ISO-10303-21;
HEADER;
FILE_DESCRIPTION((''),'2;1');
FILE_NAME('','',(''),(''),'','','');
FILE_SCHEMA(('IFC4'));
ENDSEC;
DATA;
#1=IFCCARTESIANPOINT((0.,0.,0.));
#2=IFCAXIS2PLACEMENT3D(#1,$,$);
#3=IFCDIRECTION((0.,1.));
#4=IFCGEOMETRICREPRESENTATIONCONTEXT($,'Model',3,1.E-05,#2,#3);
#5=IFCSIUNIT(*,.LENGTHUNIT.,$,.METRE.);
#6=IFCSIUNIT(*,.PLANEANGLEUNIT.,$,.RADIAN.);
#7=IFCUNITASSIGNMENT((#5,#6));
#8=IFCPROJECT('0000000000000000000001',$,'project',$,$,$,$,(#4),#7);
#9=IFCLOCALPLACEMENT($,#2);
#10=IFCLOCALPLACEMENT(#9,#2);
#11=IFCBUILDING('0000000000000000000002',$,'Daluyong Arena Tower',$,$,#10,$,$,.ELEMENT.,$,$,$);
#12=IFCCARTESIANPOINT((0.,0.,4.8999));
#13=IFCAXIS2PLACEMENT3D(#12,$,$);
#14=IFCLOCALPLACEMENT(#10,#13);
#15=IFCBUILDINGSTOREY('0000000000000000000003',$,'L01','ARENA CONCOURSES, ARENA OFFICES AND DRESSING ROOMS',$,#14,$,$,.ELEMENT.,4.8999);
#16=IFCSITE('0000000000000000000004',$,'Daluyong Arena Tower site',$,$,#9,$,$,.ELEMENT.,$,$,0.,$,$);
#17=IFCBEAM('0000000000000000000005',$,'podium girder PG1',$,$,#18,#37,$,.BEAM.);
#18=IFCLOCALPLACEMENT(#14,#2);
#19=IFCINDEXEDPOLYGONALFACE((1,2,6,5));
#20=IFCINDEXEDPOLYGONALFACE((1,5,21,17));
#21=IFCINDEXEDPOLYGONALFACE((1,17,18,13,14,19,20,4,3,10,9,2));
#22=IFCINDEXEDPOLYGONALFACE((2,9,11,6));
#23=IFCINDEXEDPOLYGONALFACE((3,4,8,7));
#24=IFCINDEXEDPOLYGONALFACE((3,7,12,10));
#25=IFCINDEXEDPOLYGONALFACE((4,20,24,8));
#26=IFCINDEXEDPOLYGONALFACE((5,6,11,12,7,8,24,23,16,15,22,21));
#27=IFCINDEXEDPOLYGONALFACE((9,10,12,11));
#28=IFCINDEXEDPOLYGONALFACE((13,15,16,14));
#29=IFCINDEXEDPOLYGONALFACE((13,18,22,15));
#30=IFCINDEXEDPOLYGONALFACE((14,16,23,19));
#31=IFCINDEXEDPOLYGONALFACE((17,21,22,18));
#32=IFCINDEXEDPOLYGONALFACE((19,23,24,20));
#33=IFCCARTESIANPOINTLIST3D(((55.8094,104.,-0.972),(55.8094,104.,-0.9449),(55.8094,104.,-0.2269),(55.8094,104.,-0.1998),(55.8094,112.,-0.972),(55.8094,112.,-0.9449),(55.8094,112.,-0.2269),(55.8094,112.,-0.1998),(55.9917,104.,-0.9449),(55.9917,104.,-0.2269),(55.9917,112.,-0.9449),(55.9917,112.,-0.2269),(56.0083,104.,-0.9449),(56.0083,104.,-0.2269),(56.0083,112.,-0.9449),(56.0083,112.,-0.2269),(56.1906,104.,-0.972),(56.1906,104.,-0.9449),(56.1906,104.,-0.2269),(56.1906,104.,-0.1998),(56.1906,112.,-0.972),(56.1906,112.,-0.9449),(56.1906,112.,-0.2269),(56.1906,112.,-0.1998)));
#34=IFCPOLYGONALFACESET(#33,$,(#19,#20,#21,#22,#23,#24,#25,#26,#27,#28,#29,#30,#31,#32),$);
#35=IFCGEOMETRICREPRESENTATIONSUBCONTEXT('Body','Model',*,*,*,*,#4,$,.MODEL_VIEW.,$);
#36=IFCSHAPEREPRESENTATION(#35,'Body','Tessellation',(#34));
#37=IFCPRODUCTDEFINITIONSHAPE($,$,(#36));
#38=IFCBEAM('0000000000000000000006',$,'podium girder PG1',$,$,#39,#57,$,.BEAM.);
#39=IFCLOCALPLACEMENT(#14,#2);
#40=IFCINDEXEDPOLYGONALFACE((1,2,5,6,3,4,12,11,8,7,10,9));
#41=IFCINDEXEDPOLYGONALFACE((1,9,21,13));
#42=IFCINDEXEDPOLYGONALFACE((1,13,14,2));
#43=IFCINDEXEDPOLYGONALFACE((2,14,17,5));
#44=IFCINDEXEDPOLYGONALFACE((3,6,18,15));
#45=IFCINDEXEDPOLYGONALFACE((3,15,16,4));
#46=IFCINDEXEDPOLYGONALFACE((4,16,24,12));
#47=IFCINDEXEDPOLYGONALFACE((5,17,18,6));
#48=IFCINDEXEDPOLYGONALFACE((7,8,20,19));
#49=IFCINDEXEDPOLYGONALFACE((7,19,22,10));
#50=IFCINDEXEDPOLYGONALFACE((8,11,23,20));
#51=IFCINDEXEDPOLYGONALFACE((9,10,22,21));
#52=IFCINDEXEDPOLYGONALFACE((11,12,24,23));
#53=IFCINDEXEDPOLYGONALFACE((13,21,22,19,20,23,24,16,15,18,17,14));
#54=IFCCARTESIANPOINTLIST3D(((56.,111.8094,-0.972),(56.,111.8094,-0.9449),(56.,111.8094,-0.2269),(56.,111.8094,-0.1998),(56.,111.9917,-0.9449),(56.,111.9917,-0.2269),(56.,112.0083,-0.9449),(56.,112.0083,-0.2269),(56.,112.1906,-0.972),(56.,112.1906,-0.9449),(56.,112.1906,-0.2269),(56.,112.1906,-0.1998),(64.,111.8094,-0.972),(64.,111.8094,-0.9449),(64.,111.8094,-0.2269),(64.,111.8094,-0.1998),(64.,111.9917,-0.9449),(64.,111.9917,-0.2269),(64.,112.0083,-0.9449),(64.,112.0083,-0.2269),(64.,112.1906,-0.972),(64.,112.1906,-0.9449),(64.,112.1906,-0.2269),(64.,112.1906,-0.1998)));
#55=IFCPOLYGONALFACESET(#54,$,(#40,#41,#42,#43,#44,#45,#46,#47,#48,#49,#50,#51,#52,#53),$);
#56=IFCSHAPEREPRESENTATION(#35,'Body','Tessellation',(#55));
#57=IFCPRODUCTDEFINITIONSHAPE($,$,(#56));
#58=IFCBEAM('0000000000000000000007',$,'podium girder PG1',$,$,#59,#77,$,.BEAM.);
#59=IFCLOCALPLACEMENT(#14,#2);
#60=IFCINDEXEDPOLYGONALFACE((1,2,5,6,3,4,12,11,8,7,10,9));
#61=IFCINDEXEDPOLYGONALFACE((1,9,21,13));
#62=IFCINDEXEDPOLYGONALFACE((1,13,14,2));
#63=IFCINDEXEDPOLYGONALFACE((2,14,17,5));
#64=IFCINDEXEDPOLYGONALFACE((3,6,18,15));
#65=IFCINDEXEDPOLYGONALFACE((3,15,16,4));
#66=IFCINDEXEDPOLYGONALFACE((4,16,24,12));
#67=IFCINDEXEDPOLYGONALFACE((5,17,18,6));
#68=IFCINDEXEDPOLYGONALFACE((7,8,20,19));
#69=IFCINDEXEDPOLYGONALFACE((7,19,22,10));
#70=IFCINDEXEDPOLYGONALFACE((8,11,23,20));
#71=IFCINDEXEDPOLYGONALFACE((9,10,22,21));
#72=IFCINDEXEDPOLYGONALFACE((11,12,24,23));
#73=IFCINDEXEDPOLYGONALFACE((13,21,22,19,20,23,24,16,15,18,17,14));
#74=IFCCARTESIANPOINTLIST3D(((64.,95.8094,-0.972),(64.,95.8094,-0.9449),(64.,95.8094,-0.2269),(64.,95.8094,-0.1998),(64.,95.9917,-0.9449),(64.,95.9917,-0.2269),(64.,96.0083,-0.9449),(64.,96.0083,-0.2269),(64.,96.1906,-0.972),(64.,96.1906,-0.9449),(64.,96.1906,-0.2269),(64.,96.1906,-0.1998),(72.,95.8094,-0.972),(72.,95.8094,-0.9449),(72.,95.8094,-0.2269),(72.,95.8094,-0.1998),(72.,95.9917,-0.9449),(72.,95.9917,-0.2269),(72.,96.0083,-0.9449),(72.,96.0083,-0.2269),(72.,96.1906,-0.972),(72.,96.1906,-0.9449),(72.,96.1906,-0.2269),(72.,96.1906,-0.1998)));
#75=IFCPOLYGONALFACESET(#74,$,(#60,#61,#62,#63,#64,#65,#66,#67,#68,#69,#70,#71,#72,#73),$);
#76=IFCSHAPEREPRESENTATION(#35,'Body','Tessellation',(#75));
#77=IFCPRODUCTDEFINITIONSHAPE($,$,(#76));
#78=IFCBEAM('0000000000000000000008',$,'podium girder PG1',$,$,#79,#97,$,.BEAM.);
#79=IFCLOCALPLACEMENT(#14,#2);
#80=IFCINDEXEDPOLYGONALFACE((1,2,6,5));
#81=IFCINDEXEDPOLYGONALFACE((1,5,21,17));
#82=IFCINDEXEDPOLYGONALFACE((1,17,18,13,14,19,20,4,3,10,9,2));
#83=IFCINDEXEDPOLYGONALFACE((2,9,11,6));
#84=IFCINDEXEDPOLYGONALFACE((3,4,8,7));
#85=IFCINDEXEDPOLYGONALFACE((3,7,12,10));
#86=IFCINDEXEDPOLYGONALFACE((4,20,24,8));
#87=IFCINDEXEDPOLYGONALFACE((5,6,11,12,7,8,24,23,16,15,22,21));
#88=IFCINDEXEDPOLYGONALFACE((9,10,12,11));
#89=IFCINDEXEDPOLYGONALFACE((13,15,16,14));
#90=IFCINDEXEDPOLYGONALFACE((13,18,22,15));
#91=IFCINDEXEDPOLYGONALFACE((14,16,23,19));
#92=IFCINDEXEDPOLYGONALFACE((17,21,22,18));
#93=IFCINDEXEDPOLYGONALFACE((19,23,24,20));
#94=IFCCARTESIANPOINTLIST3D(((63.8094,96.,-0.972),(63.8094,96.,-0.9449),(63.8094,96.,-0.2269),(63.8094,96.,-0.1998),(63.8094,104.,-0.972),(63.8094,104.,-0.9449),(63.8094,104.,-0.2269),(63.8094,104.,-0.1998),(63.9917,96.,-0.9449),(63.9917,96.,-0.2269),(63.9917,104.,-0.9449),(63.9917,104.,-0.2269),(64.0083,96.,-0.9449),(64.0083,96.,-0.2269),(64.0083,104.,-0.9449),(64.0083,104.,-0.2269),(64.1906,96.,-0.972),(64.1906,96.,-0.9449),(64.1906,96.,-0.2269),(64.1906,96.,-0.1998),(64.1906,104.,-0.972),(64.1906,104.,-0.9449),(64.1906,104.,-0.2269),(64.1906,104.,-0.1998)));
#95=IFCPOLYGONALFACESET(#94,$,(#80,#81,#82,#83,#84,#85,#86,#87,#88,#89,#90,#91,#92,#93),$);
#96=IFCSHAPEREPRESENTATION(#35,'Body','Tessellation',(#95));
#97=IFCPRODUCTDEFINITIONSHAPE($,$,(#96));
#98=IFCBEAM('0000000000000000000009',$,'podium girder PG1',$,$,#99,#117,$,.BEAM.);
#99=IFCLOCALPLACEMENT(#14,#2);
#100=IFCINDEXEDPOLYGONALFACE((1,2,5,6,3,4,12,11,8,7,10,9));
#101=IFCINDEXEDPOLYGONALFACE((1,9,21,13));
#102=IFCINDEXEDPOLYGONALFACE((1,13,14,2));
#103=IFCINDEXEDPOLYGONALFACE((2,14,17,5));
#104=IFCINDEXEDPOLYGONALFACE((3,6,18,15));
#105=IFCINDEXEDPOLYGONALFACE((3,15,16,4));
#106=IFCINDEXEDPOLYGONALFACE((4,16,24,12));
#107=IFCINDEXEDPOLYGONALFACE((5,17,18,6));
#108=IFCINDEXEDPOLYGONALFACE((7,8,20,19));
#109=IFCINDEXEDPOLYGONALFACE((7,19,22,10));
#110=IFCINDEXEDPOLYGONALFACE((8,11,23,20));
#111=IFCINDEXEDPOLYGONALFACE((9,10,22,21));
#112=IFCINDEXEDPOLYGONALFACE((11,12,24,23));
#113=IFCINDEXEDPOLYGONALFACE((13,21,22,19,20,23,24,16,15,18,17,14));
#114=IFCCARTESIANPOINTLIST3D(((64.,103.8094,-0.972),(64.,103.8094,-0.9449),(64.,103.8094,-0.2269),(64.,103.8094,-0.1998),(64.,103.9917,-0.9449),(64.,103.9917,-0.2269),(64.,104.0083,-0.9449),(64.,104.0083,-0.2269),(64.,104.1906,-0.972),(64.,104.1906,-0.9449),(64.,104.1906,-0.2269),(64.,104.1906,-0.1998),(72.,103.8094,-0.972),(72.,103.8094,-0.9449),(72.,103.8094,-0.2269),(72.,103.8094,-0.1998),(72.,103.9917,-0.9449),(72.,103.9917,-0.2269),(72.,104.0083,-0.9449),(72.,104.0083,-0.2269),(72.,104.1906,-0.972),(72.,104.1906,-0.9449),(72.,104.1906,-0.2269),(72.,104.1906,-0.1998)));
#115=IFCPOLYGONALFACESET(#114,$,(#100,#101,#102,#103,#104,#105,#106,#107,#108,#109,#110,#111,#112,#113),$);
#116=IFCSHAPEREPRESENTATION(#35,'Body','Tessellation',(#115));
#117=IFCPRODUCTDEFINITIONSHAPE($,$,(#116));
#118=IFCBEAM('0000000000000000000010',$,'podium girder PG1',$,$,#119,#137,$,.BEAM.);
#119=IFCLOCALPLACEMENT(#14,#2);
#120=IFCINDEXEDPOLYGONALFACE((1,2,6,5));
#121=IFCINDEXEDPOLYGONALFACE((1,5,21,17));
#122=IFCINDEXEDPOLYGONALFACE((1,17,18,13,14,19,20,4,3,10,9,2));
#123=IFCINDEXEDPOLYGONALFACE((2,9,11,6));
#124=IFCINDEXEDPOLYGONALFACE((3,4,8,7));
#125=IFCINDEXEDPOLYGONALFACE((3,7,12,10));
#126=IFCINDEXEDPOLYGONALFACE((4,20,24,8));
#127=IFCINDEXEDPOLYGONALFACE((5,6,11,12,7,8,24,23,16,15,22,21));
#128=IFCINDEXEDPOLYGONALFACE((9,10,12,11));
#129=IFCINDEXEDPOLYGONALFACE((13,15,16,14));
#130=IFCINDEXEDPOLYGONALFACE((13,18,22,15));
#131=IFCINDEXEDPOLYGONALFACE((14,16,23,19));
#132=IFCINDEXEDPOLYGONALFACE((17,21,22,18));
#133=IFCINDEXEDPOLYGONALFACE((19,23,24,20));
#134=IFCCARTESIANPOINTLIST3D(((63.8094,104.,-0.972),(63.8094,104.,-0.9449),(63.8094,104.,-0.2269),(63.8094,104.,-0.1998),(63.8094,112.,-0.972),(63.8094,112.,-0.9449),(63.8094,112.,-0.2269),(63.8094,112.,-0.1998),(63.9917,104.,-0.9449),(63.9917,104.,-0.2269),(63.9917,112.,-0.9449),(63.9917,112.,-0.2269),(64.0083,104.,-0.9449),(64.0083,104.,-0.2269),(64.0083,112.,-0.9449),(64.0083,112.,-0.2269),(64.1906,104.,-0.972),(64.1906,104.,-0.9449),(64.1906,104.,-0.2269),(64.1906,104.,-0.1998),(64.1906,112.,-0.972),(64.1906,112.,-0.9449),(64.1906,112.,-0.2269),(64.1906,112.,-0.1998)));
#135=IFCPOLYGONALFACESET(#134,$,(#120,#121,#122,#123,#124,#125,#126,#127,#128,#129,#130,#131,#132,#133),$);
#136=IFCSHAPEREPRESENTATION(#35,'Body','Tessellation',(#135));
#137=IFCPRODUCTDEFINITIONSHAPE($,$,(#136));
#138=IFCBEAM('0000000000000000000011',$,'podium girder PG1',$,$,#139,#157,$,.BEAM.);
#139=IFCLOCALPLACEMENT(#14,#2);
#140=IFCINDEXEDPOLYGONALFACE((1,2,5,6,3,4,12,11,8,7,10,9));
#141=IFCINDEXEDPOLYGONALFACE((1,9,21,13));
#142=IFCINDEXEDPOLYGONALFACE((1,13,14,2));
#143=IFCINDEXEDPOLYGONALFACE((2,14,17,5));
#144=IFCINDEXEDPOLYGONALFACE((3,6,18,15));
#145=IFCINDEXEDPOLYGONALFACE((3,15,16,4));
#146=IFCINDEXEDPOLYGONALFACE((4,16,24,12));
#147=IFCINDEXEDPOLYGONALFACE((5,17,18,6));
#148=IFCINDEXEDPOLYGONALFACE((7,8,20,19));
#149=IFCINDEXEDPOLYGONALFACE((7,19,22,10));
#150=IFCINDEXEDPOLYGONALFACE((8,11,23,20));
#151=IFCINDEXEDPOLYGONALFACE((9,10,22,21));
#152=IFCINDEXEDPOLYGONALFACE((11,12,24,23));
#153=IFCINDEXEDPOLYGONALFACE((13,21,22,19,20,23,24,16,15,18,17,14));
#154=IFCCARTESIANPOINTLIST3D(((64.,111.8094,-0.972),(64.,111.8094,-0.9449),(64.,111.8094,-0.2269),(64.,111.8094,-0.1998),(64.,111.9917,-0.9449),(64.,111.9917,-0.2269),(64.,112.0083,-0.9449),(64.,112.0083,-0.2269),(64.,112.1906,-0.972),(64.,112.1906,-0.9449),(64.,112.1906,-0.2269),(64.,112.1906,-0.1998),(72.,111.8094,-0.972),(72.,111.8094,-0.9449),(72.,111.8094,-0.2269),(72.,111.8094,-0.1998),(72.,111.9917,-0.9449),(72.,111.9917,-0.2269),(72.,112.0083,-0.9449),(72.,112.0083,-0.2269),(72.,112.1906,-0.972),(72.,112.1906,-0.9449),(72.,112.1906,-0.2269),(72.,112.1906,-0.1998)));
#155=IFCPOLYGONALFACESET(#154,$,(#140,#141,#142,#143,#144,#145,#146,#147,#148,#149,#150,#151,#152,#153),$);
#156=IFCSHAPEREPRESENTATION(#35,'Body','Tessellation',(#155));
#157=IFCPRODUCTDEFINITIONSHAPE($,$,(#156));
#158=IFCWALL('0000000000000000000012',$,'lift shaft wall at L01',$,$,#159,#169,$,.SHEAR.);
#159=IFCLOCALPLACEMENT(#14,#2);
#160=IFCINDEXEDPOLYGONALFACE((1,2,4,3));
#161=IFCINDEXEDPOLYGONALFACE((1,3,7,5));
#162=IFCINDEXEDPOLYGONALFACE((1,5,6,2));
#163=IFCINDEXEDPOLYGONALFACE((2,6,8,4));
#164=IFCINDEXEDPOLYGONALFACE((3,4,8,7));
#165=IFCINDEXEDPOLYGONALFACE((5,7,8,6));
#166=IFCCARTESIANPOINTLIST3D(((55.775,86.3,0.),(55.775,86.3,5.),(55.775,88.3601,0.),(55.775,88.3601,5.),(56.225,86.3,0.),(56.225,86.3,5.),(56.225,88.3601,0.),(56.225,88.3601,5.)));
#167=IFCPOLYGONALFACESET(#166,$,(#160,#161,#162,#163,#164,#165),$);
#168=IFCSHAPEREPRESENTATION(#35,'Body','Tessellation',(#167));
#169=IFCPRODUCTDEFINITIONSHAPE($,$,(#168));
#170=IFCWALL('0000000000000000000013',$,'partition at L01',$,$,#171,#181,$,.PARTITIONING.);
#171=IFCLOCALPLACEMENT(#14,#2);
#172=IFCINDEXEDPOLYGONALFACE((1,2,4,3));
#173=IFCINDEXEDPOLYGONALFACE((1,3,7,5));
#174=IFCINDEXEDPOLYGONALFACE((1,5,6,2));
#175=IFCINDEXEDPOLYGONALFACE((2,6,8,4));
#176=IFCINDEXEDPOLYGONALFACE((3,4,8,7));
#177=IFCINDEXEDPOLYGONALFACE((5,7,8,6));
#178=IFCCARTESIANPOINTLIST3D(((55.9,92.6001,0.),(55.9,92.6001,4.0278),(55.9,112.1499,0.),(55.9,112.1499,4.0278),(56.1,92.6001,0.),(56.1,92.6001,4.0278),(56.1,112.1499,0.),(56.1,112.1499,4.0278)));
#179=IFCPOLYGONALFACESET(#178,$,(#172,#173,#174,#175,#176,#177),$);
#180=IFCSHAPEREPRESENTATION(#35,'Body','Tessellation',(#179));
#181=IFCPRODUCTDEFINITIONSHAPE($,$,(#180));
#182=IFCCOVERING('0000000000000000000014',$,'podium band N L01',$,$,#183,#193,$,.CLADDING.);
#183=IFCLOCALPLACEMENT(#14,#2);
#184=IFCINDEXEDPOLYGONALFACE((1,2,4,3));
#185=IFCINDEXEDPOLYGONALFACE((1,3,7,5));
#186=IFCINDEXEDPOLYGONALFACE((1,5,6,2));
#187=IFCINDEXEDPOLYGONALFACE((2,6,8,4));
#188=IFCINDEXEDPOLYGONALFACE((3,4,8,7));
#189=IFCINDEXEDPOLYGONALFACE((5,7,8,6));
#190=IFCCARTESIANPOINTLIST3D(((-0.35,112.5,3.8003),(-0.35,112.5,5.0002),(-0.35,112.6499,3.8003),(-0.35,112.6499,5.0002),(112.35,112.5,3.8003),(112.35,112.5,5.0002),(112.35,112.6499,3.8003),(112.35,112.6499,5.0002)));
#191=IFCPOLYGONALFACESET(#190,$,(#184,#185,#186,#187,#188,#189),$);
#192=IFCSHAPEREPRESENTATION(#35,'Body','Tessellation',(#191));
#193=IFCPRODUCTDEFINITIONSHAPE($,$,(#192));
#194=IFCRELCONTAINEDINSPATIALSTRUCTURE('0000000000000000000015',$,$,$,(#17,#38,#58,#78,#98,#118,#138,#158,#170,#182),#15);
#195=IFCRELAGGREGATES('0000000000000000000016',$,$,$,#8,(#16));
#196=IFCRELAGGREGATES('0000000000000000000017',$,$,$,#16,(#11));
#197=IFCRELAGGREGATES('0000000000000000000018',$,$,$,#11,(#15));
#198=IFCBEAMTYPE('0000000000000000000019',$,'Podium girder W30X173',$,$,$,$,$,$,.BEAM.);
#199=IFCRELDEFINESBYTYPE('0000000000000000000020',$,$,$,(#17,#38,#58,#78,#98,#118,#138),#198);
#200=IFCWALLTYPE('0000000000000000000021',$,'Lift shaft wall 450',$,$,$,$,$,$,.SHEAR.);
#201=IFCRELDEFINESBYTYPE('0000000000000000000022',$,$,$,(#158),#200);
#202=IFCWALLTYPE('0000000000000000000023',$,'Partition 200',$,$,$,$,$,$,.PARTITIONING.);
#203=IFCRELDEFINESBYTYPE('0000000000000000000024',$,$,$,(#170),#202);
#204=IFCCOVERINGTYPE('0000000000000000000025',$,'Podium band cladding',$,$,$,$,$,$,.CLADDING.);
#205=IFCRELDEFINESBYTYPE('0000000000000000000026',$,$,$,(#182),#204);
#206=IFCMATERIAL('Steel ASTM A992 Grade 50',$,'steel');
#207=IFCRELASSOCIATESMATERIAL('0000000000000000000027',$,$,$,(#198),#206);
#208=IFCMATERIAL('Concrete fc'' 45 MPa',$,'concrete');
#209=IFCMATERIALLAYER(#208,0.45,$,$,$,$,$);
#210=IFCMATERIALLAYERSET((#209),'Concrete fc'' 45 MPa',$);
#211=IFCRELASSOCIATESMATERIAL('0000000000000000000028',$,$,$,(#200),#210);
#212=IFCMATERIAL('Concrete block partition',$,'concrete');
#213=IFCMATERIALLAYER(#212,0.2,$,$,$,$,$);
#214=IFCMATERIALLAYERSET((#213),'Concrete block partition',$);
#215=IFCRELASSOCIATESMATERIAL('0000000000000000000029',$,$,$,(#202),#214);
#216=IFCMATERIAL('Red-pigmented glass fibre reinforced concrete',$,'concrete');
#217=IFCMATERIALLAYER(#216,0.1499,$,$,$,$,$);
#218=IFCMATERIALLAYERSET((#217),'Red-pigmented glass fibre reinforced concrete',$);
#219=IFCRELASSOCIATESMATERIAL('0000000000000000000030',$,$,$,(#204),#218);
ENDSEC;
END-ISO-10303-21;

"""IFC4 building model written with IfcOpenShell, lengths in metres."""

from ifc_helpers import new_model, si_unit, direction, frame, frame_2d, origin, origin_2d, place, context, subcontext, project, spatial, rectangle, i_section, extrude, material, layer, layer_set, material_profile, profile_set, type_object, element, save


model = new_model("IFC4")

# Units and contexts
model_context = context("Model", 3, precision=1e-05, world=origin(), true_north=direction((0.0, 1.0)))
body_context = subcontext(model_context, "Body", "Model", "MODEL_VIEW")
ifc_project = project(units=[si_unit("LENGTHUNIT", "METRE"), si_unit("PLANEANGLEUNIT", "RADIAN")], contexts=[model_context])

# Site, building, storey
site_placement = place(None, origin())
site = spatial("IfcSite", under=ifc_project, at=site_placement, Name="Daluyong Arena Tower site", CompositionType="ELEMENT", RefElevation=0.0)
building_placement = place(site_placement, origin())
building = spatial("IfcBuilding", under=site, at=building_placement, Name="Daluyong Arena Tower", CompositionType="ELEMENT")
storey_placement = place(building_placement, frame((0.0, 0.0, 4.8999)))
storey = spatial("IfcBuildingStorey", under=building, at=storey_placement, Name="L01", Description="ARENA CONCOURSES, ARENA OFFICES AND DRESSING ROOMS", CompositionType="ELEMENT", Elevation=4.8999)

# Beams
ifc_material_1 = material(Name="Steel ASTM A992 Grade 50", Category="steel")
ifc_material_profile_1 = material_profile(ifc_material_1, i_section(OverallWidth=0.3811, OverallDepth=0.7722, WebThickness=0.0166, FlangeThickness=0.0271, at=origin_2d()))
ifc_profile_set_1 = profile_set([ifc_material_profile_1], Name="Steel ASTM A992 Grade 50")
beam_type_1 = type_object("IfcBeamType", Name="Podium girder W30X173", PredefinedType="BEAM", material=ifc_profile_set_1)
for number, where, z_axis, x_axis, name in (
    (1, (56.0, 104.0, -0.5859), (0.0, 1.0, 0.0), (-1.0, 0.0, 0.0), "podium girder PG1"),
    (2, (56.0, 112.0, -0.5859), (1.0, 0.0, 0.0), (0.0, 1.0, 0.0), "podium girder PG1"),
    (3, (64.0, 96.0, -0.5859), (1.0, 0.0, 0.0), (0.0, 1.0, 0.0), "podium girder PG1"),
    (4, (64.0, 96.0, -0.5859), (0.0, 1.0, 0.0), (-1.0, 0.0, 0.0), "podium girder PG1"),
    (5, (64.0, 104.0, -0.5859), (1.0, 0.0, 0.0), (0.0, 1.0, 0.0), "podium girder PG1"),
    (6, (64.0, 104.0, -0.5859), (0.0, 1.0, 0.0), (-1.0, 0.0, 0.0), "podium girder PG1"),
    (7, (64.0, 112.0, -0.5859), (1.0, 0.0, 0.0), (0.0, 1.0, 0.0), "podium girder PG1"),
):
    element("IfcBeam", number, at=place(storey_placement, frame(where, z_axis=z_axis, x_axis=x_axis)), inside=storey, type_object=beam_type_1, Name=name, PredefinedType="BEAM", context=body_context, shape_type="SweptSolid", body=[
        extrude(i_section(OverallWidth=0.3811, OverallDepth=0.7722, WebThickness=0.0166, FlangeThickness=0.0271, at=origin_2d()), origin(), (0.0, 0.0, 1.0), 8.0),
    ])

# Walls
ifc_material_2 = material(Name="Concrete fc' 45 MPa", Category="concrete")
ifc_layer_1 = layer(ifc_material_2, 0.45)
ifc_layer_set_1 = layer_set([ifc_layer_1], Name="Concrete fc' 45 MPa")
wall_type_1 = type_object("IfcWallType", Name="Lift shaft wall 450", PredefinedType="SHEAR", material=ifc_layer_set_1)
wall_1_placement = place(storey_placement, frame((56.0, 86.3, 0.0), z_axis=(0.0, 0.0, 1.0), x_axis=(0.0, 1.0, 0.0)))
element("IfcWall", 8, at=wall_1_placement, inside=storey, type_object=wall_type_1, Name="lift shaft wall at L01", PredefinedType="SHEAR", context=body_context, shape_type="SweptSolid", body=[
    extrude(rectangle(XDim=2.0601, YDim=0.45, at=frame_2d((1.03, 0.0))), origin(), (0.0, 0.0, 1.0), 5.0),
])
ifc_material_3 = material(Name="Concrete block partition", Category="concrete")
ifc_layer_2 = layer(ifc_material_3, 0.2)
ifc_layer_set_2 = layer_set([ifc_layer_2], Name="Concrete block partition")
wall_type_2 = type_object("IfcWallType", Name="Partition 200", PredefinedType="PARTITIONING", material=ifc_layer_set_2)
wall_2_placement = place(storey_placement, frame((56.0, 92.6001, 0.0), z_axis=(0.0, 0.0, 1.0), x_axis=(0.0, 1.0, 0.0)))
element("IfcWall", 9, at=wall_2_placement, inside=storey, type_object=wall_type_2, Name="partition at L01", PredefinedType="PARTITIONING", context=body_context, shape_type="SweptSolid", body=[
    extrude(rectangle(XDim=19.5498, YDim=0.2, at=frame_2d((9.7749, 0.0))), origin(), (0.0, 0.0, 1.0), 4.0278),
])

# Covering
ifc_material_4 = material(Name="Red-pigmented glass fibre reinforced concrete", Category="concrete")
ifc_layer_3 = layer(ifc_material_4, 0.1499)
ifc_layer_set_3 = layer_set([ifc_layer_3], Name="Red-pigmented glass fibre reinforced concrete")
covering_type = type_object("IfcCoveringType", Name="Podium band cladding", PredefinedType="CLADDING", material=ifc_layer_set_3)
covering_placement = place(storey_placement, frame((56.0, 112.575, 3.8003), z_axis=(0.0, 0.0, 1.0), x_axis=(-1.0, 0.0, 0.0)))
element("IfcCovering", 10, at=covering_placement, inside=storey, type_object=covering_type, Name="podium band N L01", PredefinedType="CLADDING", context=body_context, shape_type="SweptSolid", body=[
    extrude(rectangle(XDim=112.7, YDim=0.1499, at=origin_2d()), origin(), (0.0, 0.0, 1.0), 1.2),
])

save(model, "model.ifc")
